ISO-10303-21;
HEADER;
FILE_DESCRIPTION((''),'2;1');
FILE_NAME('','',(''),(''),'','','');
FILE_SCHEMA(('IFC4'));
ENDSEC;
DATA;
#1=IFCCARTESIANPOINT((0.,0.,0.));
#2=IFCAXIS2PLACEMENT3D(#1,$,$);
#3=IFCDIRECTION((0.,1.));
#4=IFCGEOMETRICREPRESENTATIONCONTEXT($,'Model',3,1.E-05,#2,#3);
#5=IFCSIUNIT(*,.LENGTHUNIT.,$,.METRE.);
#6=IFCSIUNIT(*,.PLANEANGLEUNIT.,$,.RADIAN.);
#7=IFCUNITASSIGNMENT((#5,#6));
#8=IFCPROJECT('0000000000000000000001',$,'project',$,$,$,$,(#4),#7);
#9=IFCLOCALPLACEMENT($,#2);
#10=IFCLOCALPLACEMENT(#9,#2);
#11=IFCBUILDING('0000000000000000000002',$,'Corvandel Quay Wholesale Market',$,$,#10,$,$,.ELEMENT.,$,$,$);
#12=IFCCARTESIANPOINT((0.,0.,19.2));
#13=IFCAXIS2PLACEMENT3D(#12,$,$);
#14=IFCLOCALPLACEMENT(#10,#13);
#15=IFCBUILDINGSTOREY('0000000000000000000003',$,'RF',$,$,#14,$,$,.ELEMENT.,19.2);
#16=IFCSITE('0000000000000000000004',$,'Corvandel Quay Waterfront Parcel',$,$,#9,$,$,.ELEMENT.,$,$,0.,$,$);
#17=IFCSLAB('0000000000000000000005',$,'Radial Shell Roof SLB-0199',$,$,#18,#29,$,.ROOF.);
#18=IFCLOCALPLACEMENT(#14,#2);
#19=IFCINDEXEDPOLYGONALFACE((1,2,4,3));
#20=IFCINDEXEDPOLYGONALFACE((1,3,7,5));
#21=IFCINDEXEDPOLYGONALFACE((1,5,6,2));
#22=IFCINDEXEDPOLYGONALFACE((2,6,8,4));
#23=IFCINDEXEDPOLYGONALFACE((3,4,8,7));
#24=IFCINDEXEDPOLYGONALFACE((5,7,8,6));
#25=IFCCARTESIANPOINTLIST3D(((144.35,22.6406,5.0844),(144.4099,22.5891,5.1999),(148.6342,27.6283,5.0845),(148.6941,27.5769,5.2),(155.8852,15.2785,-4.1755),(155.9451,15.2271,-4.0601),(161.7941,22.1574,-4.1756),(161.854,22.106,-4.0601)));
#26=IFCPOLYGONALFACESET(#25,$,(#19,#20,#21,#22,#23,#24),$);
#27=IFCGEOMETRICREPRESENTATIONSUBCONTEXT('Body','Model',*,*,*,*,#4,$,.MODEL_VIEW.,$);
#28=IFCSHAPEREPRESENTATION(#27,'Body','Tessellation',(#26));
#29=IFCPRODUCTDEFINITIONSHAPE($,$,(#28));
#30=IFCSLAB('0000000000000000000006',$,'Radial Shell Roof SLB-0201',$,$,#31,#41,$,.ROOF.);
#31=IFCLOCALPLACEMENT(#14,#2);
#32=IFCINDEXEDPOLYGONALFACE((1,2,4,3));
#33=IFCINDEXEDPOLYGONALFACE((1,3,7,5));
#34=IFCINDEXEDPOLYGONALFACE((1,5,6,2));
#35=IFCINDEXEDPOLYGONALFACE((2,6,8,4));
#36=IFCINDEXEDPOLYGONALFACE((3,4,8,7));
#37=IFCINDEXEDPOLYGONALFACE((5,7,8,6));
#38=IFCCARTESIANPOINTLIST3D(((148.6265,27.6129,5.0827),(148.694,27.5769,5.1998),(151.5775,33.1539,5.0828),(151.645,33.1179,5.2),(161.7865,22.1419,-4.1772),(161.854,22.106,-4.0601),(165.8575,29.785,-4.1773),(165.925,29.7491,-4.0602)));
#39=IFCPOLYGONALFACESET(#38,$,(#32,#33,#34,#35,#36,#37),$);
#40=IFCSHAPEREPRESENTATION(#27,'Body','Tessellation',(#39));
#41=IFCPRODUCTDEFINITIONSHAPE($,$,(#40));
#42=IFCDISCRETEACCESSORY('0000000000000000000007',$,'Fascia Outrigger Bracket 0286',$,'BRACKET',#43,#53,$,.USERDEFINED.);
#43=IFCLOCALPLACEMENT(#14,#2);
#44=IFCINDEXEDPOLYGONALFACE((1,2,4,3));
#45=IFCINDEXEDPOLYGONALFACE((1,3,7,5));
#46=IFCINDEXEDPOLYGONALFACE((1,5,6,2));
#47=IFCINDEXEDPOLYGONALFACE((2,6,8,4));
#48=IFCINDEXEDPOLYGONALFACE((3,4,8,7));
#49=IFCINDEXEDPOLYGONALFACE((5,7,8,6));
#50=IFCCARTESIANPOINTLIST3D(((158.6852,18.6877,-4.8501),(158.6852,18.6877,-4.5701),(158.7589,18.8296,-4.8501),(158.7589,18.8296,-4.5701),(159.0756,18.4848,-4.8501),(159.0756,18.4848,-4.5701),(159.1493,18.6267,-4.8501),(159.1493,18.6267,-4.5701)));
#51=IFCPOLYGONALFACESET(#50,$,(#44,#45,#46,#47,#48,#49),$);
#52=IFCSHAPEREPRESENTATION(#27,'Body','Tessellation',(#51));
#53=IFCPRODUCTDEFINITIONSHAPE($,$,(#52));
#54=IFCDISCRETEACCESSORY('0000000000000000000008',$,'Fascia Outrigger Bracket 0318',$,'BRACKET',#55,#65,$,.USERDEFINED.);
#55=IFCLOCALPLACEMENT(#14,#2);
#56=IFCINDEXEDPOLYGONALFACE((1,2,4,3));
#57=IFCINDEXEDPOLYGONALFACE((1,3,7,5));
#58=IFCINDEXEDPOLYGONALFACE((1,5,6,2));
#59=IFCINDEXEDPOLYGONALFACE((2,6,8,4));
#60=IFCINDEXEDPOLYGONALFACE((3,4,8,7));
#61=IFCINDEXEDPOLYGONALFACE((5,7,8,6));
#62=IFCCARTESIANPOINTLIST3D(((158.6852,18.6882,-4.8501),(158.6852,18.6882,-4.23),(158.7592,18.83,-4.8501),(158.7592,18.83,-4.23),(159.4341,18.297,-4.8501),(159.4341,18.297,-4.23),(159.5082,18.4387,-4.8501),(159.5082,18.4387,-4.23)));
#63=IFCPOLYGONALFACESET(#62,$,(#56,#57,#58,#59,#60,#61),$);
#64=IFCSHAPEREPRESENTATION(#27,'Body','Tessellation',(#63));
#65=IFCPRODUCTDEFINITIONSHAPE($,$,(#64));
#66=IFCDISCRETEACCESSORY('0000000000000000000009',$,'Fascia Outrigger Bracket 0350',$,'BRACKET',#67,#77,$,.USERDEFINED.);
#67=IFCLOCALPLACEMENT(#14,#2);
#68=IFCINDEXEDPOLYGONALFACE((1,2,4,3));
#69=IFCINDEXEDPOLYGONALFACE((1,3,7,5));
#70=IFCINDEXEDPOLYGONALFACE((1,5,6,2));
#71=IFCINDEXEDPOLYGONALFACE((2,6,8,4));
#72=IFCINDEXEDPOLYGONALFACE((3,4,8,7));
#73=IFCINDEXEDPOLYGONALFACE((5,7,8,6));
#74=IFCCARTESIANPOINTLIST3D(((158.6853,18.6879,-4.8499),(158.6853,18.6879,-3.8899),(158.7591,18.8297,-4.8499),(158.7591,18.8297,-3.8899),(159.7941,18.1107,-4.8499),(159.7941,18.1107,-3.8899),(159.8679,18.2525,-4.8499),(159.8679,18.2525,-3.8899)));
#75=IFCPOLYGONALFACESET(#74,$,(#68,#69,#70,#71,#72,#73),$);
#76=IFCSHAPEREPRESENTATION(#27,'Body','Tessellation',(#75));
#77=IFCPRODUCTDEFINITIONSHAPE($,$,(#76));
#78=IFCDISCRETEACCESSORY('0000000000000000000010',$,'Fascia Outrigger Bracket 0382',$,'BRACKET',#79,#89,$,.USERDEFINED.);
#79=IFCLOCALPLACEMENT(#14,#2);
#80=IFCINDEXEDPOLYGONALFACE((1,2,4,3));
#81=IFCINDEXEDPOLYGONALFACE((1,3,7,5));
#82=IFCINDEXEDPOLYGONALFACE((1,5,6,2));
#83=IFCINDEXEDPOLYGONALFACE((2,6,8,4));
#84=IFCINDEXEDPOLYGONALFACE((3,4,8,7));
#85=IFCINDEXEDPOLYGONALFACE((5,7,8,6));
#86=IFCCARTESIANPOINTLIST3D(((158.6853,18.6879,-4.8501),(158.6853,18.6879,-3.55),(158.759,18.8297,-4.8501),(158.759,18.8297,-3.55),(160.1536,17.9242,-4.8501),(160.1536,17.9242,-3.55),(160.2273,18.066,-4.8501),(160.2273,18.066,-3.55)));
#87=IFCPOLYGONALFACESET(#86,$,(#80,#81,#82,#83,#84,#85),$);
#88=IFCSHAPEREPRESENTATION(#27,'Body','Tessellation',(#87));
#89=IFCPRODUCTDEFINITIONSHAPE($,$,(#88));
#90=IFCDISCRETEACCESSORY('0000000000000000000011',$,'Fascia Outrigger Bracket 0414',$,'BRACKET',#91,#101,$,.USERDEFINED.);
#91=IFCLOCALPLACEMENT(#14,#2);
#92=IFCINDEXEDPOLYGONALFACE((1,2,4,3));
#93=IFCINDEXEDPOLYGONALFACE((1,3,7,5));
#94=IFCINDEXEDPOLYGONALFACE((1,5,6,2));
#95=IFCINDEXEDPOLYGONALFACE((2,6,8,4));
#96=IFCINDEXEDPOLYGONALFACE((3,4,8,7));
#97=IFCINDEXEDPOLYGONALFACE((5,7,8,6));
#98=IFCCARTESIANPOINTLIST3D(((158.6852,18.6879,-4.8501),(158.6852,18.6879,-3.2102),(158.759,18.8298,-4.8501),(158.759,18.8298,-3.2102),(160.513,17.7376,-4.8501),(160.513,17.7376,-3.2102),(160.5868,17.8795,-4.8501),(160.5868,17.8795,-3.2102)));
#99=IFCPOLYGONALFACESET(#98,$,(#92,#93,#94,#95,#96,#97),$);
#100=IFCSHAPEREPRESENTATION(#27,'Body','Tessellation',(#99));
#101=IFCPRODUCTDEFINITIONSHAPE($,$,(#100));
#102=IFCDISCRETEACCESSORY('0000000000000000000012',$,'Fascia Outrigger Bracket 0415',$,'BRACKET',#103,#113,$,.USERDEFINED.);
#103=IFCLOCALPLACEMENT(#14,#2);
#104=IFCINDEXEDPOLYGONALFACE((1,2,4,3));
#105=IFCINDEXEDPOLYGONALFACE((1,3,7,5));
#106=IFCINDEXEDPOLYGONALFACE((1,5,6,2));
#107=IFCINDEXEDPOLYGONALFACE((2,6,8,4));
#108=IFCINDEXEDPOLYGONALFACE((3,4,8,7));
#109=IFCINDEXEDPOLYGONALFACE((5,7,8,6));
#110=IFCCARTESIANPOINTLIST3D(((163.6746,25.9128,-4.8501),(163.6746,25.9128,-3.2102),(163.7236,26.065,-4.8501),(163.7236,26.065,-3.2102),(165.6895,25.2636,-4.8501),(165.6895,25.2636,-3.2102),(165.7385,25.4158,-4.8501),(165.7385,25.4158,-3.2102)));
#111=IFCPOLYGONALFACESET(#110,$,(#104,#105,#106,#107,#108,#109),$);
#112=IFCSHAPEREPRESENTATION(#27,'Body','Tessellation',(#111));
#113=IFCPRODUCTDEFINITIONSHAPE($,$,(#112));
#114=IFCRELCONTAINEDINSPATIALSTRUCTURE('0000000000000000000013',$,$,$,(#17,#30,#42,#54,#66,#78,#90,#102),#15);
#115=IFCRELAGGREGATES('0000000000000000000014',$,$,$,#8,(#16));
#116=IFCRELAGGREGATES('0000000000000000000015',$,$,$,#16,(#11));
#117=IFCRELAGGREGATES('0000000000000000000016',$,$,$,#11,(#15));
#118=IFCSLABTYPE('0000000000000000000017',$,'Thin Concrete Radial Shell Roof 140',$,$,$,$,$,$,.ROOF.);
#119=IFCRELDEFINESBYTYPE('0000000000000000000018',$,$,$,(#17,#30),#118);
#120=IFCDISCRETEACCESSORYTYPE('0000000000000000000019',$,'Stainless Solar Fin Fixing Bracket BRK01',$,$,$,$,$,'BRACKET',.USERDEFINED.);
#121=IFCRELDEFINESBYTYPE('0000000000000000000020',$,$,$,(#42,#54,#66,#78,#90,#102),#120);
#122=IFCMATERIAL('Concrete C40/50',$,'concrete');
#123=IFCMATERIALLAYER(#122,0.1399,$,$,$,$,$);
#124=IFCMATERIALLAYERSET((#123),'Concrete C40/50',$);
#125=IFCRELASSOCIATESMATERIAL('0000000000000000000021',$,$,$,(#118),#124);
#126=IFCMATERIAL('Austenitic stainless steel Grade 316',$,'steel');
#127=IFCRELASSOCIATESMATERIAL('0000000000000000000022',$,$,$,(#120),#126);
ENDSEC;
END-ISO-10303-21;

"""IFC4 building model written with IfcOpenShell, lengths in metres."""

from ifc_helpers import new_model, si_unit, direction, frame, origin, origin_2d, place, context, subcontext, project, spatial, polyline, rectangle, outline, extrude, material, layer, layer_set, type_object, element, save


model = new_model("IFC4")

# Units and contexts
model_context = context("Model", 3, precision=1e-05, world=origin(), true_north=direction((0.0, 1.0)))
body_context = subcontext(model_context, "Body", "Model", "MODEL_VIEW")
ifc_project = project(units=[si_unit("LENGTHUNIT", "METRE"), si_unit("PLANEANGLEUNIT", "RADIAN")], contexts=[model_context])

# Site, building, storey
site_placement = place(None, origin())
site = spatial("IfcSite", under=ifc_project, at=site_placement, Name="Corvandel Quay Waterfront Parcel", CompositionType="ELEMENT", RefElevation=0.0)
building_placement = place(site_placement, origin())
building = spatial("IfcBuilding", under=site, at=building_placement, Name="Corvandel Quay Wholesale Market", CompositionType="ELEMENT")
storey_placement = place(building_placement, frame((0.0, 0.0, 19.2)))
storey = spatial("IfcBuildingStorey", under=building, at=storey_placement, Name="RF", CompositionType="ELEMENT", Elevation=19.2)

# Slabs
ifc_material_1 = material(Name="Concrete C40/50", Category="concrete")
ifc_layer_1 = layer(ifc_material_1, 0.1399)
ifc_layer_set_1 = layer_set([ifc_layer_1], Name="Concrete C40/50")
slab_type = type_object("IfcSlabType", Name="Thin Concrete Radial Shell Roof 140", PredefinedType="ROOF", material=ifc_layer_set_1)
slab_1_placement = place(storey_placement, frame((155.9451, 15.2271, -4.0601), z_axis=(0.428061, -0.367691, 0.825571), x_axis=(0.651597, 0.758566, -0.000007)))
element("IfcSlab", 1, at=slab_1_placement, inside=storey, type_object=slab_type, Name="Radial Shell Roof SLB-0199", PredefinedType="ROOF", context=body_context, shape_type="SweptSolid", body=[
    extrude(outline(polyline([(0.0, 0.0), (9.0683, 0.0), (4.6434, 16.4098), (-1.9317, 16.4096), (0.0, 0.0)])), origin(), (0.0, 0.0, -1.0), 0.1399),
])
slab_2_placement = place(storey_placement, frame((161.854, 22.106, -4.0601), z_axis=(0.482418, -0.256941, 0.837409), x_axis=(0.470108, 0.882609, -0.000013)))
element("IfcSlab", 2, at=slab_2_placement, inside=storey, type_object=slab_type, Name="Radial Shell Roof SLB-0201", PredefinedType="ROOF", context=body_context, shape_type="SweptSolid", body=[
    extrude(outline(polyline([(0.0, 0.0), (8.6597, 0.0), (4.9198, 16.942), (-1.358, 16.9416), (0.0, 0.0)])), origin(), (0.0, 0.0, -1.0), 0.1399),
])

# Discrete accessories
ifc_material_2 = material(Name="Austenitic stainless steel Grade 316", Category="steel")
discrete_accessory_type = type_object("IfcDiscreteAccessoryType", Name="Stainless Solar Fin Fixing Bracket BRK01", ElementType="BRACKET", PredefinedType="USERDEFINED", material=ifc_material_2)
discrete_accessory_1_placement = place(storey_placement, frame((158.9172, 18.6572, -4.8501), z_axis=(0.0, 0.0, 1.0), x_axis=(-0.887333, 0.461129, 0.0)))
element("IfcDiscreteAccessory", 3, at=discrete_accessory_1_placement, inside=storey, type_object=discrete_accessory_type, Name="Fascia Outrigger Bracket 0286", ObjectType="BRACKET", PredefinedType="USERDEFINED", context=body_context, shape_type="SweptSolid", body=[
    extrude(rectangle(XDim=0.4399, YDim=0.1599, at=origin_2d()), origin(), (0.0, 0.0, 1.0), 0.28),
])
discrete_accessory_2_placement = place(storey_placement, frame((159.0967, 18.5635, -4.8501), z_axis=(0.0, 0.0, 1.0), x_axis=(-0.886365, 0.462987, 0.0)))
element("IfcDiscreteAccessory", 4, at=discrete_accessory_2_placement, inside=storey, type_object=discrete_accessory_type, Name="Fascia Outrigger Bracket 0318", ObjectType="BRACKET", PredefinedType="USERDEFINED", context=body_context, shape_type="SweptSolid", body=[
    extrude(rectangle(XDim=0.845, YDim=0.1599, at=origin_2d()), origin(), (0.0, 0.0, 1.0), 0.6201),
])
discrete_accessory_3_placement = place(storey_placement, frame((159.2766, 18.4702, -4.8499), z_axis=(0.0, 0.0, 1.0), x_axis=(-0.887011, 0.461749, 0.0)))
element("IfcDiscreteAccessory", 5, at=discrete_accessory_3_placement, inside=storey, type_object=discrete_accessory_type, Name="Fascia Outrigger Bracket 0350", ObjectType="BRACKET", PredefinedType="USERDEFINED", context=body_context, shape_type="SweptSolid", body=[
    extrude(rectangle(XDim=1.25, YDim=0.1599, at=origin_2d()), origin(), (0.0, 0.0, 1.0), 0.96),
])
discrete_accessory_4_placement = place(storey_placement, frame((159.4563, 18.377, -4.8501), z_axis=(0.0, 0.0, 1.0), x_axis=(-0.887172, 0.461439, 0.0)))
element("IfcDiscreteAccessory", 6, at=discrete_accessory_4_placement, inside=storey, type_object=discrete_accessory_type, Name="Fascia Outrigger Bracket 0382", ObjectType="BRACKET", PredefinedType="USERDEFINED", context=body_context, shape_type="SweptSolid", body=[
    extrude(rectangle(XDim=1.655, YDim=0.1599, at=origin_2d()), origin(), (0.0, 0.0, 1.0), 1.3),
])
discrete_accessory_5_placement = place(storey_placement, frame((159.636, 18.2837, -4.8501), z_axis=(0.0, 0.0, 1.0), x_axis=(-0.887252, 0.461284, 0.0)))
element("IfcDiscreteAccessory", 7, at=discrete_accessory_5_placement, inside=storey, type_object=discrete_accessory_type, Name="Fascia Outrigger Bracket 0414", ObjectType="BRACKET", PredefinedType="USERDEFINED", context=body_context, shape_type="SweptSolid", body=[
    extrude(rectangle(XDim=2.0601, YDim=0.1599, at=origin_2d()), origin(), (0.0, 0.0, 1.0), 1.6399),
])
discrete_accessory_6_placement = place(storey_placement, frame((164.7065, 25.6643, -4.8501), z_axis=(0.0, 0.0, 1.0), x_axis=(-0.951809, 0.306692, 0.0)))
element("IfcDiscreteAccessory", 8, at=discrete_accessory_6_placement, inside=storey, type_object=discrete_accessory_type, Name="Fascia Outrigger Bracket 0415", ObjectType="BRACKET", PredefinedType="USERDEFINED", context=body_context, shape_type="SweptSolid", body=[
    extrude(rectangle(XDim=2.1169, YDim=0.1599, at=origin_2d()), origin(), (0.0, 0.0, 1.0), 1.6399),
])

save(model, "model.ifc")
